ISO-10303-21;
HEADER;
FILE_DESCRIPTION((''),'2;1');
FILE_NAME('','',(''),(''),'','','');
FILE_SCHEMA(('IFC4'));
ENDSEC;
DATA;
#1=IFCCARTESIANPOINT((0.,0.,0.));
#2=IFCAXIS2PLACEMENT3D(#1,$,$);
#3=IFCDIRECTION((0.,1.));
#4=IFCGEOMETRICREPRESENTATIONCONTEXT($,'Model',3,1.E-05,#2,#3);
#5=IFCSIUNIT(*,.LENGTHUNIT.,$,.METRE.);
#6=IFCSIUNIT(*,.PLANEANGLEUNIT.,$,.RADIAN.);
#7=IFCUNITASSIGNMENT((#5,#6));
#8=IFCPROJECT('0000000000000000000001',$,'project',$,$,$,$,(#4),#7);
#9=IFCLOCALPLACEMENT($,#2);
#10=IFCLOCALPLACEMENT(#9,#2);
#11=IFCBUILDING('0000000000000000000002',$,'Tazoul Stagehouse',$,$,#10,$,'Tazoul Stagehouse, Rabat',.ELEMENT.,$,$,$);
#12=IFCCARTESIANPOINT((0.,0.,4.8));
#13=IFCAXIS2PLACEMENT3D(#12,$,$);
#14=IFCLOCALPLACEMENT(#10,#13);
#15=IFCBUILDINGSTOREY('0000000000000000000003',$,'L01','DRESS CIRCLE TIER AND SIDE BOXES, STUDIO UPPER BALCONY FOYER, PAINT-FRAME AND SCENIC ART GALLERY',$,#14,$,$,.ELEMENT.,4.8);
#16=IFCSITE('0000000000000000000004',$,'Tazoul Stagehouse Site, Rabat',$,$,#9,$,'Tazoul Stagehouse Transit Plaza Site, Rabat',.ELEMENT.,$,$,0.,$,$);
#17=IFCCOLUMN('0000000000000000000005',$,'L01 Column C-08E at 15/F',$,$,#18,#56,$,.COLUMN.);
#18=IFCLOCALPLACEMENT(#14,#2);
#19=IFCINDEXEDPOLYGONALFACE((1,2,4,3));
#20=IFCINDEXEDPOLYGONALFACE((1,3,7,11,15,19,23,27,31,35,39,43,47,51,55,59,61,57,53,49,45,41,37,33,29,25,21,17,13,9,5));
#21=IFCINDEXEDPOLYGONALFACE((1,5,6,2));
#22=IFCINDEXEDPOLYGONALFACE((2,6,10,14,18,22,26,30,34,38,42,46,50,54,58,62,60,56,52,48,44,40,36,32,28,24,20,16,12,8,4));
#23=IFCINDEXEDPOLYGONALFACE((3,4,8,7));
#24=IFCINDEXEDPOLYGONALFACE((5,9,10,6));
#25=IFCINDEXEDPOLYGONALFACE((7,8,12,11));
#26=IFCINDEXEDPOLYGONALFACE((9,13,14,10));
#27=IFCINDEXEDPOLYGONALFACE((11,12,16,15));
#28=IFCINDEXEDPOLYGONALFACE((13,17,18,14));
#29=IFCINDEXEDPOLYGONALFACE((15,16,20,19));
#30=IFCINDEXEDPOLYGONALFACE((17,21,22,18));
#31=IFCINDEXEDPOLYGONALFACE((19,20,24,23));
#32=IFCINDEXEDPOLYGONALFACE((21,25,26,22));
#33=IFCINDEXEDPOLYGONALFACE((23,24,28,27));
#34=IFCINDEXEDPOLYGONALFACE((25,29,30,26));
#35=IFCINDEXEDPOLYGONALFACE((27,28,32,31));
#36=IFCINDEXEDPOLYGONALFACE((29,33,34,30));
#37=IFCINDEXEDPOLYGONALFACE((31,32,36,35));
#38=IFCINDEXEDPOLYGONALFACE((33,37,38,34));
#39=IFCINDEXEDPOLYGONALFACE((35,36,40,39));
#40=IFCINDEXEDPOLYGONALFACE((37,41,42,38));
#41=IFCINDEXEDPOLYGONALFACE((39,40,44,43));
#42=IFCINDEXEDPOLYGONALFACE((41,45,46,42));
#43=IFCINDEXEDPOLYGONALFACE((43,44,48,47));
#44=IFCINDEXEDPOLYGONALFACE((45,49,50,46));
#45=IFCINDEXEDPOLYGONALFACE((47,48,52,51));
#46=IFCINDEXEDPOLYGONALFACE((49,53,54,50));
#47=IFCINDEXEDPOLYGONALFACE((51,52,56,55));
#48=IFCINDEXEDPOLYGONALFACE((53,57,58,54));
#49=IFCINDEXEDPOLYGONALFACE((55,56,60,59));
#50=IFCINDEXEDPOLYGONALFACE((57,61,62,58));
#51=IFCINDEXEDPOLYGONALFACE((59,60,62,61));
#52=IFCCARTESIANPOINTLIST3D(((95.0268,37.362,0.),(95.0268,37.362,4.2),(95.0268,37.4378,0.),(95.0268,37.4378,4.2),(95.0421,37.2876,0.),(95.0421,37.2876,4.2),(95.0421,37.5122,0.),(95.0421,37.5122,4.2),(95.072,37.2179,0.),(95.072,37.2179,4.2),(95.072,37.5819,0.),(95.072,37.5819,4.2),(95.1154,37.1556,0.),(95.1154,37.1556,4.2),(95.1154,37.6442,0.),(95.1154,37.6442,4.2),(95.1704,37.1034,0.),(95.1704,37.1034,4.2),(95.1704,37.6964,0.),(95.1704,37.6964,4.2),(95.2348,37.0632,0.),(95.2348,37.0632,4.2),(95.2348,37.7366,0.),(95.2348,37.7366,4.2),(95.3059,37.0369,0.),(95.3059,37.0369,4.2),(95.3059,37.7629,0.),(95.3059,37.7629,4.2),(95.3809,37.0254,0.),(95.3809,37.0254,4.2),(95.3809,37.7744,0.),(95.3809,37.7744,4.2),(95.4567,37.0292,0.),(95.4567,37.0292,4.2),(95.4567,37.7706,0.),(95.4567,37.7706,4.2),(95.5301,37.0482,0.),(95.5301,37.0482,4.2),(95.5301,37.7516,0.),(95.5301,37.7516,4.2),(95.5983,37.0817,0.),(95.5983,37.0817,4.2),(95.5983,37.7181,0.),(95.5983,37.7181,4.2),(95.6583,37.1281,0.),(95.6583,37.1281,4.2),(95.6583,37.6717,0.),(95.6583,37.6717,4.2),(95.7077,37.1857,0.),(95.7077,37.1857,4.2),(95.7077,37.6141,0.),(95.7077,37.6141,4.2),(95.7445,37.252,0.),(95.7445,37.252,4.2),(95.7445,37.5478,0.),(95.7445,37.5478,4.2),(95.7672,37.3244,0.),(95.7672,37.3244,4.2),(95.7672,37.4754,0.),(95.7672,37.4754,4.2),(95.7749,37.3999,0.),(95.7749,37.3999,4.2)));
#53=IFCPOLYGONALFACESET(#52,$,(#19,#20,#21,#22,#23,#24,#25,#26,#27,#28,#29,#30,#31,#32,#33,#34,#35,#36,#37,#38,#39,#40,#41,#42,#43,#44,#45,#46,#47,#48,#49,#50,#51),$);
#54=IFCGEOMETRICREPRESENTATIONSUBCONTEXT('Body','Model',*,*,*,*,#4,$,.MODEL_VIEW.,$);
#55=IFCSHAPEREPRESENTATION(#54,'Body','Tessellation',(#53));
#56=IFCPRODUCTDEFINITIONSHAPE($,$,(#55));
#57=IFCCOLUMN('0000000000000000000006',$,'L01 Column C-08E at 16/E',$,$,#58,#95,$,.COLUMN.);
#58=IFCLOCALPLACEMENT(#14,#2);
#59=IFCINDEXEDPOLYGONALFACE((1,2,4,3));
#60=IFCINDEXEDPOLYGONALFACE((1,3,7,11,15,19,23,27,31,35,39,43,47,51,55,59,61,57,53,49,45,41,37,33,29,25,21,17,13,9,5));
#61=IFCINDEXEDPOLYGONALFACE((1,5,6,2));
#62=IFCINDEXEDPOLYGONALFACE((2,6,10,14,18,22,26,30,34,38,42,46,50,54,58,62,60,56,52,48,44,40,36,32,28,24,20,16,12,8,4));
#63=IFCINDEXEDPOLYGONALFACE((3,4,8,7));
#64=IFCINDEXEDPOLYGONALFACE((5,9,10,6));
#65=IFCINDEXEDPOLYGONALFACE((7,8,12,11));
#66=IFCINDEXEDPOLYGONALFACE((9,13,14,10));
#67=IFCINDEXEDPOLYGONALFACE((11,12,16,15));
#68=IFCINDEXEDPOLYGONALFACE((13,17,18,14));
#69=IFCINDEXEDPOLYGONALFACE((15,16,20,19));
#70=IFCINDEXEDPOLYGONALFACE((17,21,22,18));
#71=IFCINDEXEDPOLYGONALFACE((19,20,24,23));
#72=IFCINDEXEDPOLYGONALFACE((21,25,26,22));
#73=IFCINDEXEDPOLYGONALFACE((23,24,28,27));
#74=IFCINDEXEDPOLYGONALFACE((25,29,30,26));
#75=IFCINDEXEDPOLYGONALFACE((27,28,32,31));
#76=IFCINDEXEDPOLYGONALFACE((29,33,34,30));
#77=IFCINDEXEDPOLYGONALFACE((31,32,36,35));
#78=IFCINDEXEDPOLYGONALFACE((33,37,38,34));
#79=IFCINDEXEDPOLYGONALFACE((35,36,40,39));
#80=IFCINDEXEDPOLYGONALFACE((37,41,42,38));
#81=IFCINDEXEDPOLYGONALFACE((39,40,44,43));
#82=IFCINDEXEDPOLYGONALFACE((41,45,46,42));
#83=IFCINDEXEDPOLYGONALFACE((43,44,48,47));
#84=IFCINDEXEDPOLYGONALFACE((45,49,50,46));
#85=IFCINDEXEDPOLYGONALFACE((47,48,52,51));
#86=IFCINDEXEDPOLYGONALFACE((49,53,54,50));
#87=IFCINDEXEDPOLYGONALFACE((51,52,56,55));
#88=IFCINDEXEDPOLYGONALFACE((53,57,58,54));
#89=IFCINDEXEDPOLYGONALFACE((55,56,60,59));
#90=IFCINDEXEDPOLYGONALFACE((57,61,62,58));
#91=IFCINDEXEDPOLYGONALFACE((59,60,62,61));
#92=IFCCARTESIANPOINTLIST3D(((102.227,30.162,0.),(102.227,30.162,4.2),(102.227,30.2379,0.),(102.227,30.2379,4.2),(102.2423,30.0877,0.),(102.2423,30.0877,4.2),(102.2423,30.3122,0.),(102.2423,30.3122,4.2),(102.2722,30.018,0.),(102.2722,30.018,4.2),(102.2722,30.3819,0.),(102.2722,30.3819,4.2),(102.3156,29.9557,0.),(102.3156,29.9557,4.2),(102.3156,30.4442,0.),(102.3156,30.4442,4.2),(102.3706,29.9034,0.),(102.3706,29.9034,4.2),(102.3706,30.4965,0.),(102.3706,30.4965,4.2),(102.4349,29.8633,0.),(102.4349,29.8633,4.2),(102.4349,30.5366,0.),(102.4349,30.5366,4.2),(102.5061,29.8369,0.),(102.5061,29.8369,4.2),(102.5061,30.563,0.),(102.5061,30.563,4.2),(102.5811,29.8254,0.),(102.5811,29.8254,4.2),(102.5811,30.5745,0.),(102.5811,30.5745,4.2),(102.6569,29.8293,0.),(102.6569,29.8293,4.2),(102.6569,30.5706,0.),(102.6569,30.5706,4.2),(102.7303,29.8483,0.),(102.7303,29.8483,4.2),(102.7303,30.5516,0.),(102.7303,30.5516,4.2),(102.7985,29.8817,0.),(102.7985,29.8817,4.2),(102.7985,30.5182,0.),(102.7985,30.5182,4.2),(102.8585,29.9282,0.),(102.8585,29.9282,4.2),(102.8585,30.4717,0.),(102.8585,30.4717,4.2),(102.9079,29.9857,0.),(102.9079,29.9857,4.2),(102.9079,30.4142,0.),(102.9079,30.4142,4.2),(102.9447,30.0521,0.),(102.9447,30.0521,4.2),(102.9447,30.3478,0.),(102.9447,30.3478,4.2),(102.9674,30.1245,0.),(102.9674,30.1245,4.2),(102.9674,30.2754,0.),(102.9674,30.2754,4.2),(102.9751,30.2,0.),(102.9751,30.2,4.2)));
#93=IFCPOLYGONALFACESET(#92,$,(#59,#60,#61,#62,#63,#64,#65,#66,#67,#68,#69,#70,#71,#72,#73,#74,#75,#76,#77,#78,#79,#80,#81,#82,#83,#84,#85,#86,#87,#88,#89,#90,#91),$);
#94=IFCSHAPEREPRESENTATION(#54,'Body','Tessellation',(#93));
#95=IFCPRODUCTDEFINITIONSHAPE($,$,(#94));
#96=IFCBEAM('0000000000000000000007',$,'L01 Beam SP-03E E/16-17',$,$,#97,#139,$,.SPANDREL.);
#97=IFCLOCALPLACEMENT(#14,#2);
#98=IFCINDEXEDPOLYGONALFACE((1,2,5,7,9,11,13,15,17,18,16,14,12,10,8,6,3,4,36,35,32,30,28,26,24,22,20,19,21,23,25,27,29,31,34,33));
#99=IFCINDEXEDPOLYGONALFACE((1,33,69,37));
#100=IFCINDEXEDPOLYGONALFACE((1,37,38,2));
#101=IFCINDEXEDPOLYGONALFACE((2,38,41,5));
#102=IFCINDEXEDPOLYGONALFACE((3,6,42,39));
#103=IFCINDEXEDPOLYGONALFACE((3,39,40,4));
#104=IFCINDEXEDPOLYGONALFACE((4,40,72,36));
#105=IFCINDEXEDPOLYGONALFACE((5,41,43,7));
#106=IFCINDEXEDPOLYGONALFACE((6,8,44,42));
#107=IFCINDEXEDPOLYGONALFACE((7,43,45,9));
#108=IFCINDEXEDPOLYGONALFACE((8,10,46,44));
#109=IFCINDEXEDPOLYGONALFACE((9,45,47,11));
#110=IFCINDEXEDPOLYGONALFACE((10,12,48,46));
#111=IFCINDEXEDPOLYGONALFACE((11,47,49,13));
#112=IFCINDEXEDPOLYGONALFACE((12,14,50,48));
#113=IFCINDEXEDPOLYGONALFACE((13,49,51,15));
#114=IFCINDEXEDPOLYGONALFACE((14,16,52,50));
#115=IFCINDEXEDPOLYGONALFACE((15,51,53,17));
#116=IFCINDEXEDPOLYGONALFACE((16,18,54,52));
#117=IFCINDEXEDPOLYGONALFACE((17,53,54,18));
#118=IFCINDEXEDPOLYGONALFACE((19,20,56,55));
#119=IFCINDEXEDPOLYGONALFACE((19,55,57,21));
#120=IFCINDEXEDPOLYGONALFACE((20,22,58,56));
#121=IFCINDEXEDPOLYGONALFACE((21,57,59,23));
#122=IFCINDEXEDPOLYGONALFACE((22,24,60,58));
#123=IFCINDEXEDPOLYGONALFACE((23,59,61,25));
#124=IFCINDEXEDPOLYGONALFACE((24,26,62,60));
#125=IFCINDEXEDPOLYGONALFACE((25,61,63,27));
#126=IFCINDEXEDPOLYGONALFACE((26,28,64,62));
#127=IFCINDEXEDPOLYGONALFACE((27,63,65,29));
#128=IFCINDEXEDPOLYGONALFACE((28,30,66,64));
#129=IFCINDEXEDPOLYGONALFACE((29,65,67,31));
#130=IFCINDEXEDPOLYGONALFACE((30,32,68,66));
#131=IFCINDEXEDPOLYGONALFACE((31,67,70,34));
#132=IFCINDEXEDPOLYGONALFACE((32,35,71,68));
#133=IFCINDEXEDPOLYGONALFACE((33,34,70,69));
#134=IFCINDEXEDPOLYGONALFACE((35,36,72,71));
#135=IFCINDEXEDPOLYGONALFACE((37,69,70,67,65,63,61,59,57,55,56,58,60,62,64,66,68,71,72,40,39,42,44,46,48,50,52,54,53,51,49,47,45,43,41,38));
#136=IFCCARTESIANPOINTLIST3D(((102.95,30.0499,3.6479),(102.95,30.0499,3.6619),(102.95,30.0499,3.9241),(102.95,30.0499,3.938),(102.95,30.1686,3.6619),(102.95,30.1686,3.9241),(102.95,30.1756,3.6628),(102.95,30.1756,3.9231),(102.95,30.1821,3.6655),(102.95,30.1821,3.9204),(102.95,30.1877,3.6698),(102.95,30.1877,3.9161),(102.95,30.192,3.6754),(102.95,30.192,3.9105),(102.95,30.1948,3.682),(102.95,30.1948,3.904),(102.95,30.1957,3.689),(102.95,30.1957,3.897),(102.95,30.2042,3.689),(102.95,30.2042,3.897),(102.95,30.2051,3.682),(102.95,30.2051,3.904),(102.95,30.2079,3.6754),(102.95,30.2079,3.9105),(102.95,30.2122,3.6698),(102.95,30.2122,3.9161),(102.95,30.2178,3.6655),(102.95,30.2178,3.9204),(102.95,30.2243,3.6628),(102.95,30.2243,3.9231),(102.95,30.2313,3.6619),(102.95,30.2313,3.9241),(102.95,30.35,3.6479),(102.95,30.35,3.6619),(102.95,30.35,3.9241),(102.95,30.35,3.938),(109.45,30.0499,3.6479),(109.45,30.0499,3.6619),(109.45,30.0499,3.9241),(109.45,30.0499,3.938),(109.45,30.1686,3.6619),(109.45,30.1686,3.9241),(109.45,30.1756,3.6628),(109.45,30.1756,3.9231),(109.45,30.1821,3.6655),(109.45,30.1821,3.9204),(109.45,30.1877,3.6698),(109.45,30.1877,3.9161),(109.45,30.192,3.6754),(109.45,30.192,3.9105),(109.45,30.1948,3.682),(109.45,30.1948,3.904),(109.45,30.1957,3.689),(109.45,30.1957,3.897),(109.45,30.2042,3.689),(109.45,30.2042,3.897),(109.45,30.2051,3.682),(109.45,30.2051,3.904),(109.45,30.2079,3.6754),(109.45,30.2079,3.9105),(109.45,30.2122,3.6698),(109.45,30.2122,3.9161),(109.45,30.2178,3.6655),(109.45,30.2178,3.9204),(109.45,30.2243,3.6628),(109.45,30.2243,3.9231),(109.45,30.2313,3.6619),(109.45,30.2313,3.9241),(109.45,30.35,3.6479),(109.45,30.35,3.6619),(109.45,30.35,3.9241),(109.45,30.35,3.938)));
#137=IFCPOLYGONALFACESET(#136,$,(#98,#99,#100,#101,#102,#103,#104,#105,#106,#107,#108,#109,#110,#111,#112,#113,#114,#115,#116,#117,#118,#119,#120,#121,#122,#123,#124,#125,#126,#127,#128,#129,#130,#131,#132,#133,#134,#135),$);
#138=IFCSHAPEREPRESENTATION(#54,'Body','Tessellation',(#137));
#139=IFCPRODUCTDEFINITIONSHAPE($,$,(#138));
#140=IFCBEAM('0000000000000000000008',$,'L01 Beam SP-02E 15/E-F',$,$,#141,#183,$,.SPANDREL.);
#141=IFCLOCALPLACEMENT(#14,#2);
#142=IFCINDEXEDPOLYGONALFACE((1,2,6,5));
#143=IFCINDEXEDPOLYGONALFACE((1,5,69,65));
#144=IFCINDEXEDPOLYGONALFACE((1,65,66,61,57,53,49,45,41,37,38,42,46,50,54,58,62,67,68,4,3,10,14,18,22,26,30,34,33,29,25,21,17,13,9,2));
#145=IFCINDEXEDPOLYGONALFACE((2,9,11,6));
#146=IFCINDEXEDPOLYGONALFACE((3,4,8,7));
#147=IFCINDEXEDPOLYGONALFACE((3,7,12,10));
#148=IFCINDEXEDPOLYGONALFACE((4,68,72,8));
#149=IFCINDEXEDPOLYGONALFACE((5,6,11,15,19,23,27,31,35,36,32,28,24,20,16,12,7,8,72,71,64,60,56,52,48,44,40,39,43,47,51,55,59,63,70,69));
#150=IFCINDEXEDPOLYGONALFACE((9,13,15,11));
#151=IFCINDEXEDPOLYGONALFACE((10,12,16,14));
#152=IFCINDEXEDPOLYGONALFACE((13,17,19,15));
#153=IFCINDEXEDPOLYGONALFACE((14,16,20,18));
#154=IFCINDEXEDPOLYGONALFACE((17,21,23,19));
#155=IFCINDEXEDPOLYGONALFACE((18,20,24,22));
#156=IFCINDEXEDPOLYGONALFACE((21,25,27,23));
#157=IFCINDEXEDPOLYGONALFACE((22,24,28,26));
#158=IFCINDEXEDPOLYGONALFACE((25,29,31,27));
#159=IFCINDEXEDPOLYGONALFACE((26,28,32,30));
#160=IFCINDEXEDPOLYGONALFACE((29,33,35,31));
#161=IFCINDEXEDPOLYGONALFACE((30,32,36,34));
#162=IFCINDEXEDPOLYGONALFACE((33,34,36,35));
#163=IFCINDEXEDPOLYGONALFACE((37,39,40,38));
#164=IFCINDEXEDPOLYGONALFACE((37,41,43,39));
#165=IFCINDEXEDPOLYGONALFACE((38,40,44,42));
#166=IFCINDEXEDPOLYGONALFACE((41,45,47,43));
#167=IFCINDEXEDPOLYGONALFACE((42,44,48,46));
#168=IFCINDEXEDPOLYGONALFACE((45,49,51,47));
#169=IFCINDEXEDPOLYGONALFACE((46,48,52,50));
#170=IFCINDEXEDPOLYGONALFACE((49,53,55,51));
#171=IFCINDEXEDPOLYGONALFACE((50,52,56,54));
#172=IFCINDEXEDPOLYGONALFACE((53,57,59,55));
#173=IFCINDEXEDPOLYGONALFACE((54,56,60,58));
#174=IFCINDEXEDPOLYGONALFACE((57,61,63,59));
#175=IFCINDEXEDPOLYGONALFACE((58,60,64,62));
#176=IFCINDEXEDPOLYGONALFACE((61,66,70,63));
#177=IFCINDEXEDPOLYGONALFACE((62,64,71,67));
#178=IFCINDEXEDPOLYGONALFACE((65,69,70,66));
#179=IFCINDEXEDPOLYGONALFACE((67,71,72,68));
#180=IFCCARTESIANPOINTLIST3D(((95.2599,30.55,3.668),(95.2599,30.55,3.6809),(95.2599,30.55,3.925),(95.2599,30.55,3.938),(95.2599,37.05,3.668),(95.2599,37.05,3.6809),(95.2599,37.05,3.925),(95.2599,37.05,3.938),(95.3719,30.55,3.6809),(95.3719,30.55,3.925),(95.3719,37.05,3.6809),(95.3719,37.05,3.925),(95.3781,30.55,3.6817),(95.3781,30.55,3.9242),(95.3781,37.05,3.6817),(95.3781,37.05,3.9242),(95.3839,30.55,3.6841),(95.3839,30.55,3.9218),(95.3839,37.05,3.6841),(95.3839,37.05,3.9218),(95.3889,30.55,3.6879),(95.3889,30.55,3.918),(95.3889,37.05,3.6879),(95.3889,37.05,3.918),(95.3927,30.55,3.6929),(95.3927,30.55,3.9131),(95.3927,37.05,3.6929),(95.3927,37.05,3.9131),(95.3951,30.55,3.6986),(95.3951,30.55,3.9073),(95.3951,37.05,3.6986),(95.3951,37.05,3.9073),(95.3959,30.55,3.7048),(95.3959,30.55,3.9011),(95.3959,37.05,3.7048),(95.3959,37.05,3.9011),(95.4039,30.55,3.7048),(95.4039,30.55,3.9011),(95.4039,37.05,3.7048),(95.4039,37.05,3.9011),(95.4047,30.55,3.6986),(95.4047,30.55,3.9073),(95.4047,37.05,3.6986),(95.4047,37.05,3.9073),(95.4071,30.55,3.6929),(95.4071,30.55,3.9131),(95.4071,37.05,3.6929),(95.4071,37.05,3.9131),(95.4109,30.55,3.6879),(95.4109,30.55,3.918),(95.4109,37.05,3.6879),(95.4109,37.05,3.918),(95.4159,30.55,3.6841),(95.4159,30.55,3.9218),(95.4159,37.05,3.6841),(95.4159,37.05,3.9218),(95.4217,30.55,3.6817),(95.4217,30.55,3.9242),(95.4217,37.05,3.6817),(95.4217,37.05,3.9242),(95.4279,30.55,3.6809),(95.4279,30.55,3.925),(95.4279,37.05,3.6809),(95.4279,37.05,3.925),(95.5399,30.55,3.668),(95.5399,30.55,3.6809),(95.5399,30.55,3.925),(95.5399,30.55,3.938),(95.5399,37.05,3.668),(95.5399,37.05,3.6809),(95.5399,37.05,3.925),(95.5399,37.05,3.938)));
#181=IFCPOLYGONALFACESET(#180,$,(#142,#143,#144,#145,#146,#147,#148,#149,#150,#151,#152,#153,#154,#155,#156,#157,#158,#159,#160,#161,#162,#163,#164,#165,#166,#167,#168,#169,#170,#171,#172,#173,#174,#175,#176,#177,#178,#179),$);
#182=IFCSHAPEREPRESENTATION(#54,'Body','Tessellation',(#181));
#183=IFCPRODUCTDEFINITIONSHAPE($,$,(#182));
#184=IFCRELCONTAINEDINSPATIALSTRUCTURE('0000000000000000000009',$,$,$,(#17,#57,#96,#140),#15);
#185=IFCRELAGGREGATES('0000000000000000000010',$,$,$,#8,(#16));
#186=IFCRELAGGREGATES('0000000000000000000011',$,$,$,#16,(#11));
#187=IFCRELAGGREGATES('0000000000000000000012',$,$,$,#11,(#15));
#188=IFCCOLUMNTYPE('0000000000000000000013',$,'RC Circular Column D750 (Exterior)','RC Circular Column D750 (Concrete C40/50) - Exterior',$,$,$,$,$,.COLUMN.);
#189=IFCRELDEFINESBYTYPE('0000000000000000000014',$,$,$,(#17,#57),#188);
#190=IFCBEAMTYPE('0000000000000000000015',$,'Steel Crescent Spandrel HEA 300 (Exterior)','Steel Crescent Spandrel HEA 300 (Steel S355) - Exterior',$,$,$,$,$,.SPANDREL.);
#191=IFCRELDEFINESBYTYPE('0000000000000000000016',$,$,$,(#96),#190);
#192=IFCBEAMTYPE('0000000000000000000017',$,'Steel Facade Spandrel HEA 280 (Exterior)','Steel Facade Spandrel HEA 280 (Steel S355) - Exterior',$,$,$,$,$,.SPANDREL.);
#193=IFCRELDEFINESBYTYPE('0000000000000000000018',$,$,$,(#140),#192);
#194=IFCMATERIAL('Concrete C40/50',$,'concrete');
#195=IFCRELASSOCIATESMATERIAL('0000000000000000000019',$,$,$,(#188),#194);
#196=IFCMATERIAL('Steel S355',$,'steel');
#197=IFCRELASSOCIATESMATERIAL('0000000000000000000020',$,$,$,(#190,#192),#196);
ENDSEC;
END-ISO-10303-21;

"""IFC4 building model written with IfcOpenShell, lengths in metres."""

from ifc_helpers import new_model, si_unit, direction, frame, origin, origin_2d, place, context, subcontext, project, spatial, circle, i_section, extrude, material, material_profile, profile_set, type_object, element, save


model = new_model("IFC4")

# Units and contexts
model_context = context("Model", 3, precision=1e-05, world=origin(), true_north=direction((0.0, 1.0)))
body_context = subcontext(model_context, "Body", "Model", "MODEL_VIEW")
ifc_project = project(units=[si_unit("LENGTHUNIT", "METRE"), si_unit("PLANEANGLEUNIT", "RADIAN")], contexts=[model_context])

# Site, building, storey
site_placement = place(None, origin())
site = spatial("IfcSite", under=ifc_project, at=site_placement, Name="Tazoul Stagehouse Site, Rabat", LongName="Tazoul Stagehouse Transit Plaza Site, Rabat", CompositionType="ELEMENT", RefElevation=0.0)
building_placement = place(site_placement, origin())
building = spatial("IfcBuilding", under=site, at=building_placement, Name="Tazoul Stagehouse", LongName="Tazoul Stagehouse, Rabat", CompositionType="ELEMENT")
storey_placement = place(building_placement, frame((0.0, 0.0, 4.8)))
storey = spatial("IfcBuildingStorey", under=building, at=storey_placement, Name="L01", Description="DRESS CIRCLE TIER AND SIDE BOXES, STUDIO UPPER BALCONY FOYER, PAINT-FRAME AND SCENIC ART GALLERY", CompositionType="ELEMENT", Elevation=4.8)

# Columns
ifc_material_1 = material(Name="Concrete C40/50", Category="concrete")
ifc_material_profile_1 = material_profile(ifc_material_1, circle(Radius=0.375, at=origin_2d()), Name="RC D750")
ifc_profile_set_1 = profile_set([ifc_material_profile_1], Name="Concrete C40/50")
column_type = type_object("IfcColumnType", Name="RC Circular Column D750 (Exterior)", Description="RC Circular Column D750 (Concrete C40/50) - Exterior", PredefinedType="COLUMN", material=ifc_profile_set_1)
for number, where, z_axis, x_axis, name in (
    (1, (95.3999, 37.3999, 0.0), (0.0, 0.0, 1.0), (1.0, 0.0, 0.0), "L01 Column C-08E at 15/F"),
    (2, (102.6001, 30.2, 0.0), (0.0, 0.0, 1.0), (1.0, 0.0, 0.0), "L01 Column C-08E at 16/E"),
):
    element("IfcColumn", number, at=place(storey_placement, frame(where, z_axis=z_axis, x_axis=x_axis)), inside=storey, type_object=column_type, Name=name, PredefinedType="COLUMN", context=body_context, shape_type="SweptSolid", body=[
        extrude(circle(Radius=0.375, at=origin_2d()), origin(), (0.0, 0.0, 1.0), 4.2),
    ])

# Beams
ifc_material_2 = material(Name="Steel S355", Category="steel")
ifc_material_profile_2 = material_profile(ifc_material_2, i_section(OverallWidth=0.3, OverallDepth=0.29, WebThickness=0.0085, FlangeThickness=0.0139, FilletRadius=0.0271, at=origin_2d()), Name="HEA 300")
ifc_profile_set_2 = profile_set([ifc_material_profile_2], Name="Steel S355")
beam_type_1 = type_object("IfcBeamType", Name="Steel Crescent Spandrel HEA 300 (Exterior)", Description="Steel Crescent Spandrel HEA 300 (Steel S355) - Exterior", PredefinedType="SPANDREL", material=ifc_profile_set_2)
beam_1_placement = place(storey_placement, frame((102.95, 30.2, 3.793), z_axis=(1.0, 0.0, 0.0), x_axis=(0.0, 1.0, 0.0)))
element("IfcBeam", 3, at=beam_1_placement, inside=storey, type_object=beam_type_1, Name="L01 Beam SP-03E E/16-17", PredefinedType="SPANDREL", context=body_context, shape_type="SweptSolid", body=[
    extrude(i_section(OverallWidth=0.3, OverallDepth=0.29, WebThickness=0.0085, FlangeThickness=0.0139, FilletRadius=0.0271, at=origin_2d()), origin(), (0.0, 0.0, 1.0), 6.5),
])
ifc_material_profile_3 = material_profile(ifc_material_2, i_section(OverallWidth=0.28, OverallDepth=0.27, WebThickness=0.0081, FlangeThickness=0.0129, FilletRadius=0.0239, at=origin_2d()), Name="HEA 280")
ifc_profile_set_3 = profile_set([ifc_material_profile_3], Name="Steel S355")
beam_type_2 = type_object("IfcBeamType", Name="Steel Facade Spandrel HEA 280 (Exterior)", Description="Steel Facade Spandrel HEA 280 (Steel S355) - Exterior", PredefinedType="SPANDREL", material=ifc_profile_set_3)
beam_2_placement = place(storey_placement, frame((95.3999, 30.55, 3.803), z_axis=(0.0, 1.0, 0.0), x_axis=(-1.0, 0.0, 0.0)))
element("IfcBeam", 4, at=beam_2_placement, inside=storey, type_object=beam_type_2, Name="L01 Beam SP-02E 15/E-F", PredefinedType="SPANDREL", context=body_context, shape_type="SweptSolid", body=[
    extrude(i_section(OverallWidth=0.28, OverallDepth=0.27, WebThickness=0.0081, FlangeThickness=0.0129, FilletRadius=0.0239, at=origin_2d()), origin(), (0.0, 0.0, 1.0), 6.5),
])

save(model, "model.ifc")
